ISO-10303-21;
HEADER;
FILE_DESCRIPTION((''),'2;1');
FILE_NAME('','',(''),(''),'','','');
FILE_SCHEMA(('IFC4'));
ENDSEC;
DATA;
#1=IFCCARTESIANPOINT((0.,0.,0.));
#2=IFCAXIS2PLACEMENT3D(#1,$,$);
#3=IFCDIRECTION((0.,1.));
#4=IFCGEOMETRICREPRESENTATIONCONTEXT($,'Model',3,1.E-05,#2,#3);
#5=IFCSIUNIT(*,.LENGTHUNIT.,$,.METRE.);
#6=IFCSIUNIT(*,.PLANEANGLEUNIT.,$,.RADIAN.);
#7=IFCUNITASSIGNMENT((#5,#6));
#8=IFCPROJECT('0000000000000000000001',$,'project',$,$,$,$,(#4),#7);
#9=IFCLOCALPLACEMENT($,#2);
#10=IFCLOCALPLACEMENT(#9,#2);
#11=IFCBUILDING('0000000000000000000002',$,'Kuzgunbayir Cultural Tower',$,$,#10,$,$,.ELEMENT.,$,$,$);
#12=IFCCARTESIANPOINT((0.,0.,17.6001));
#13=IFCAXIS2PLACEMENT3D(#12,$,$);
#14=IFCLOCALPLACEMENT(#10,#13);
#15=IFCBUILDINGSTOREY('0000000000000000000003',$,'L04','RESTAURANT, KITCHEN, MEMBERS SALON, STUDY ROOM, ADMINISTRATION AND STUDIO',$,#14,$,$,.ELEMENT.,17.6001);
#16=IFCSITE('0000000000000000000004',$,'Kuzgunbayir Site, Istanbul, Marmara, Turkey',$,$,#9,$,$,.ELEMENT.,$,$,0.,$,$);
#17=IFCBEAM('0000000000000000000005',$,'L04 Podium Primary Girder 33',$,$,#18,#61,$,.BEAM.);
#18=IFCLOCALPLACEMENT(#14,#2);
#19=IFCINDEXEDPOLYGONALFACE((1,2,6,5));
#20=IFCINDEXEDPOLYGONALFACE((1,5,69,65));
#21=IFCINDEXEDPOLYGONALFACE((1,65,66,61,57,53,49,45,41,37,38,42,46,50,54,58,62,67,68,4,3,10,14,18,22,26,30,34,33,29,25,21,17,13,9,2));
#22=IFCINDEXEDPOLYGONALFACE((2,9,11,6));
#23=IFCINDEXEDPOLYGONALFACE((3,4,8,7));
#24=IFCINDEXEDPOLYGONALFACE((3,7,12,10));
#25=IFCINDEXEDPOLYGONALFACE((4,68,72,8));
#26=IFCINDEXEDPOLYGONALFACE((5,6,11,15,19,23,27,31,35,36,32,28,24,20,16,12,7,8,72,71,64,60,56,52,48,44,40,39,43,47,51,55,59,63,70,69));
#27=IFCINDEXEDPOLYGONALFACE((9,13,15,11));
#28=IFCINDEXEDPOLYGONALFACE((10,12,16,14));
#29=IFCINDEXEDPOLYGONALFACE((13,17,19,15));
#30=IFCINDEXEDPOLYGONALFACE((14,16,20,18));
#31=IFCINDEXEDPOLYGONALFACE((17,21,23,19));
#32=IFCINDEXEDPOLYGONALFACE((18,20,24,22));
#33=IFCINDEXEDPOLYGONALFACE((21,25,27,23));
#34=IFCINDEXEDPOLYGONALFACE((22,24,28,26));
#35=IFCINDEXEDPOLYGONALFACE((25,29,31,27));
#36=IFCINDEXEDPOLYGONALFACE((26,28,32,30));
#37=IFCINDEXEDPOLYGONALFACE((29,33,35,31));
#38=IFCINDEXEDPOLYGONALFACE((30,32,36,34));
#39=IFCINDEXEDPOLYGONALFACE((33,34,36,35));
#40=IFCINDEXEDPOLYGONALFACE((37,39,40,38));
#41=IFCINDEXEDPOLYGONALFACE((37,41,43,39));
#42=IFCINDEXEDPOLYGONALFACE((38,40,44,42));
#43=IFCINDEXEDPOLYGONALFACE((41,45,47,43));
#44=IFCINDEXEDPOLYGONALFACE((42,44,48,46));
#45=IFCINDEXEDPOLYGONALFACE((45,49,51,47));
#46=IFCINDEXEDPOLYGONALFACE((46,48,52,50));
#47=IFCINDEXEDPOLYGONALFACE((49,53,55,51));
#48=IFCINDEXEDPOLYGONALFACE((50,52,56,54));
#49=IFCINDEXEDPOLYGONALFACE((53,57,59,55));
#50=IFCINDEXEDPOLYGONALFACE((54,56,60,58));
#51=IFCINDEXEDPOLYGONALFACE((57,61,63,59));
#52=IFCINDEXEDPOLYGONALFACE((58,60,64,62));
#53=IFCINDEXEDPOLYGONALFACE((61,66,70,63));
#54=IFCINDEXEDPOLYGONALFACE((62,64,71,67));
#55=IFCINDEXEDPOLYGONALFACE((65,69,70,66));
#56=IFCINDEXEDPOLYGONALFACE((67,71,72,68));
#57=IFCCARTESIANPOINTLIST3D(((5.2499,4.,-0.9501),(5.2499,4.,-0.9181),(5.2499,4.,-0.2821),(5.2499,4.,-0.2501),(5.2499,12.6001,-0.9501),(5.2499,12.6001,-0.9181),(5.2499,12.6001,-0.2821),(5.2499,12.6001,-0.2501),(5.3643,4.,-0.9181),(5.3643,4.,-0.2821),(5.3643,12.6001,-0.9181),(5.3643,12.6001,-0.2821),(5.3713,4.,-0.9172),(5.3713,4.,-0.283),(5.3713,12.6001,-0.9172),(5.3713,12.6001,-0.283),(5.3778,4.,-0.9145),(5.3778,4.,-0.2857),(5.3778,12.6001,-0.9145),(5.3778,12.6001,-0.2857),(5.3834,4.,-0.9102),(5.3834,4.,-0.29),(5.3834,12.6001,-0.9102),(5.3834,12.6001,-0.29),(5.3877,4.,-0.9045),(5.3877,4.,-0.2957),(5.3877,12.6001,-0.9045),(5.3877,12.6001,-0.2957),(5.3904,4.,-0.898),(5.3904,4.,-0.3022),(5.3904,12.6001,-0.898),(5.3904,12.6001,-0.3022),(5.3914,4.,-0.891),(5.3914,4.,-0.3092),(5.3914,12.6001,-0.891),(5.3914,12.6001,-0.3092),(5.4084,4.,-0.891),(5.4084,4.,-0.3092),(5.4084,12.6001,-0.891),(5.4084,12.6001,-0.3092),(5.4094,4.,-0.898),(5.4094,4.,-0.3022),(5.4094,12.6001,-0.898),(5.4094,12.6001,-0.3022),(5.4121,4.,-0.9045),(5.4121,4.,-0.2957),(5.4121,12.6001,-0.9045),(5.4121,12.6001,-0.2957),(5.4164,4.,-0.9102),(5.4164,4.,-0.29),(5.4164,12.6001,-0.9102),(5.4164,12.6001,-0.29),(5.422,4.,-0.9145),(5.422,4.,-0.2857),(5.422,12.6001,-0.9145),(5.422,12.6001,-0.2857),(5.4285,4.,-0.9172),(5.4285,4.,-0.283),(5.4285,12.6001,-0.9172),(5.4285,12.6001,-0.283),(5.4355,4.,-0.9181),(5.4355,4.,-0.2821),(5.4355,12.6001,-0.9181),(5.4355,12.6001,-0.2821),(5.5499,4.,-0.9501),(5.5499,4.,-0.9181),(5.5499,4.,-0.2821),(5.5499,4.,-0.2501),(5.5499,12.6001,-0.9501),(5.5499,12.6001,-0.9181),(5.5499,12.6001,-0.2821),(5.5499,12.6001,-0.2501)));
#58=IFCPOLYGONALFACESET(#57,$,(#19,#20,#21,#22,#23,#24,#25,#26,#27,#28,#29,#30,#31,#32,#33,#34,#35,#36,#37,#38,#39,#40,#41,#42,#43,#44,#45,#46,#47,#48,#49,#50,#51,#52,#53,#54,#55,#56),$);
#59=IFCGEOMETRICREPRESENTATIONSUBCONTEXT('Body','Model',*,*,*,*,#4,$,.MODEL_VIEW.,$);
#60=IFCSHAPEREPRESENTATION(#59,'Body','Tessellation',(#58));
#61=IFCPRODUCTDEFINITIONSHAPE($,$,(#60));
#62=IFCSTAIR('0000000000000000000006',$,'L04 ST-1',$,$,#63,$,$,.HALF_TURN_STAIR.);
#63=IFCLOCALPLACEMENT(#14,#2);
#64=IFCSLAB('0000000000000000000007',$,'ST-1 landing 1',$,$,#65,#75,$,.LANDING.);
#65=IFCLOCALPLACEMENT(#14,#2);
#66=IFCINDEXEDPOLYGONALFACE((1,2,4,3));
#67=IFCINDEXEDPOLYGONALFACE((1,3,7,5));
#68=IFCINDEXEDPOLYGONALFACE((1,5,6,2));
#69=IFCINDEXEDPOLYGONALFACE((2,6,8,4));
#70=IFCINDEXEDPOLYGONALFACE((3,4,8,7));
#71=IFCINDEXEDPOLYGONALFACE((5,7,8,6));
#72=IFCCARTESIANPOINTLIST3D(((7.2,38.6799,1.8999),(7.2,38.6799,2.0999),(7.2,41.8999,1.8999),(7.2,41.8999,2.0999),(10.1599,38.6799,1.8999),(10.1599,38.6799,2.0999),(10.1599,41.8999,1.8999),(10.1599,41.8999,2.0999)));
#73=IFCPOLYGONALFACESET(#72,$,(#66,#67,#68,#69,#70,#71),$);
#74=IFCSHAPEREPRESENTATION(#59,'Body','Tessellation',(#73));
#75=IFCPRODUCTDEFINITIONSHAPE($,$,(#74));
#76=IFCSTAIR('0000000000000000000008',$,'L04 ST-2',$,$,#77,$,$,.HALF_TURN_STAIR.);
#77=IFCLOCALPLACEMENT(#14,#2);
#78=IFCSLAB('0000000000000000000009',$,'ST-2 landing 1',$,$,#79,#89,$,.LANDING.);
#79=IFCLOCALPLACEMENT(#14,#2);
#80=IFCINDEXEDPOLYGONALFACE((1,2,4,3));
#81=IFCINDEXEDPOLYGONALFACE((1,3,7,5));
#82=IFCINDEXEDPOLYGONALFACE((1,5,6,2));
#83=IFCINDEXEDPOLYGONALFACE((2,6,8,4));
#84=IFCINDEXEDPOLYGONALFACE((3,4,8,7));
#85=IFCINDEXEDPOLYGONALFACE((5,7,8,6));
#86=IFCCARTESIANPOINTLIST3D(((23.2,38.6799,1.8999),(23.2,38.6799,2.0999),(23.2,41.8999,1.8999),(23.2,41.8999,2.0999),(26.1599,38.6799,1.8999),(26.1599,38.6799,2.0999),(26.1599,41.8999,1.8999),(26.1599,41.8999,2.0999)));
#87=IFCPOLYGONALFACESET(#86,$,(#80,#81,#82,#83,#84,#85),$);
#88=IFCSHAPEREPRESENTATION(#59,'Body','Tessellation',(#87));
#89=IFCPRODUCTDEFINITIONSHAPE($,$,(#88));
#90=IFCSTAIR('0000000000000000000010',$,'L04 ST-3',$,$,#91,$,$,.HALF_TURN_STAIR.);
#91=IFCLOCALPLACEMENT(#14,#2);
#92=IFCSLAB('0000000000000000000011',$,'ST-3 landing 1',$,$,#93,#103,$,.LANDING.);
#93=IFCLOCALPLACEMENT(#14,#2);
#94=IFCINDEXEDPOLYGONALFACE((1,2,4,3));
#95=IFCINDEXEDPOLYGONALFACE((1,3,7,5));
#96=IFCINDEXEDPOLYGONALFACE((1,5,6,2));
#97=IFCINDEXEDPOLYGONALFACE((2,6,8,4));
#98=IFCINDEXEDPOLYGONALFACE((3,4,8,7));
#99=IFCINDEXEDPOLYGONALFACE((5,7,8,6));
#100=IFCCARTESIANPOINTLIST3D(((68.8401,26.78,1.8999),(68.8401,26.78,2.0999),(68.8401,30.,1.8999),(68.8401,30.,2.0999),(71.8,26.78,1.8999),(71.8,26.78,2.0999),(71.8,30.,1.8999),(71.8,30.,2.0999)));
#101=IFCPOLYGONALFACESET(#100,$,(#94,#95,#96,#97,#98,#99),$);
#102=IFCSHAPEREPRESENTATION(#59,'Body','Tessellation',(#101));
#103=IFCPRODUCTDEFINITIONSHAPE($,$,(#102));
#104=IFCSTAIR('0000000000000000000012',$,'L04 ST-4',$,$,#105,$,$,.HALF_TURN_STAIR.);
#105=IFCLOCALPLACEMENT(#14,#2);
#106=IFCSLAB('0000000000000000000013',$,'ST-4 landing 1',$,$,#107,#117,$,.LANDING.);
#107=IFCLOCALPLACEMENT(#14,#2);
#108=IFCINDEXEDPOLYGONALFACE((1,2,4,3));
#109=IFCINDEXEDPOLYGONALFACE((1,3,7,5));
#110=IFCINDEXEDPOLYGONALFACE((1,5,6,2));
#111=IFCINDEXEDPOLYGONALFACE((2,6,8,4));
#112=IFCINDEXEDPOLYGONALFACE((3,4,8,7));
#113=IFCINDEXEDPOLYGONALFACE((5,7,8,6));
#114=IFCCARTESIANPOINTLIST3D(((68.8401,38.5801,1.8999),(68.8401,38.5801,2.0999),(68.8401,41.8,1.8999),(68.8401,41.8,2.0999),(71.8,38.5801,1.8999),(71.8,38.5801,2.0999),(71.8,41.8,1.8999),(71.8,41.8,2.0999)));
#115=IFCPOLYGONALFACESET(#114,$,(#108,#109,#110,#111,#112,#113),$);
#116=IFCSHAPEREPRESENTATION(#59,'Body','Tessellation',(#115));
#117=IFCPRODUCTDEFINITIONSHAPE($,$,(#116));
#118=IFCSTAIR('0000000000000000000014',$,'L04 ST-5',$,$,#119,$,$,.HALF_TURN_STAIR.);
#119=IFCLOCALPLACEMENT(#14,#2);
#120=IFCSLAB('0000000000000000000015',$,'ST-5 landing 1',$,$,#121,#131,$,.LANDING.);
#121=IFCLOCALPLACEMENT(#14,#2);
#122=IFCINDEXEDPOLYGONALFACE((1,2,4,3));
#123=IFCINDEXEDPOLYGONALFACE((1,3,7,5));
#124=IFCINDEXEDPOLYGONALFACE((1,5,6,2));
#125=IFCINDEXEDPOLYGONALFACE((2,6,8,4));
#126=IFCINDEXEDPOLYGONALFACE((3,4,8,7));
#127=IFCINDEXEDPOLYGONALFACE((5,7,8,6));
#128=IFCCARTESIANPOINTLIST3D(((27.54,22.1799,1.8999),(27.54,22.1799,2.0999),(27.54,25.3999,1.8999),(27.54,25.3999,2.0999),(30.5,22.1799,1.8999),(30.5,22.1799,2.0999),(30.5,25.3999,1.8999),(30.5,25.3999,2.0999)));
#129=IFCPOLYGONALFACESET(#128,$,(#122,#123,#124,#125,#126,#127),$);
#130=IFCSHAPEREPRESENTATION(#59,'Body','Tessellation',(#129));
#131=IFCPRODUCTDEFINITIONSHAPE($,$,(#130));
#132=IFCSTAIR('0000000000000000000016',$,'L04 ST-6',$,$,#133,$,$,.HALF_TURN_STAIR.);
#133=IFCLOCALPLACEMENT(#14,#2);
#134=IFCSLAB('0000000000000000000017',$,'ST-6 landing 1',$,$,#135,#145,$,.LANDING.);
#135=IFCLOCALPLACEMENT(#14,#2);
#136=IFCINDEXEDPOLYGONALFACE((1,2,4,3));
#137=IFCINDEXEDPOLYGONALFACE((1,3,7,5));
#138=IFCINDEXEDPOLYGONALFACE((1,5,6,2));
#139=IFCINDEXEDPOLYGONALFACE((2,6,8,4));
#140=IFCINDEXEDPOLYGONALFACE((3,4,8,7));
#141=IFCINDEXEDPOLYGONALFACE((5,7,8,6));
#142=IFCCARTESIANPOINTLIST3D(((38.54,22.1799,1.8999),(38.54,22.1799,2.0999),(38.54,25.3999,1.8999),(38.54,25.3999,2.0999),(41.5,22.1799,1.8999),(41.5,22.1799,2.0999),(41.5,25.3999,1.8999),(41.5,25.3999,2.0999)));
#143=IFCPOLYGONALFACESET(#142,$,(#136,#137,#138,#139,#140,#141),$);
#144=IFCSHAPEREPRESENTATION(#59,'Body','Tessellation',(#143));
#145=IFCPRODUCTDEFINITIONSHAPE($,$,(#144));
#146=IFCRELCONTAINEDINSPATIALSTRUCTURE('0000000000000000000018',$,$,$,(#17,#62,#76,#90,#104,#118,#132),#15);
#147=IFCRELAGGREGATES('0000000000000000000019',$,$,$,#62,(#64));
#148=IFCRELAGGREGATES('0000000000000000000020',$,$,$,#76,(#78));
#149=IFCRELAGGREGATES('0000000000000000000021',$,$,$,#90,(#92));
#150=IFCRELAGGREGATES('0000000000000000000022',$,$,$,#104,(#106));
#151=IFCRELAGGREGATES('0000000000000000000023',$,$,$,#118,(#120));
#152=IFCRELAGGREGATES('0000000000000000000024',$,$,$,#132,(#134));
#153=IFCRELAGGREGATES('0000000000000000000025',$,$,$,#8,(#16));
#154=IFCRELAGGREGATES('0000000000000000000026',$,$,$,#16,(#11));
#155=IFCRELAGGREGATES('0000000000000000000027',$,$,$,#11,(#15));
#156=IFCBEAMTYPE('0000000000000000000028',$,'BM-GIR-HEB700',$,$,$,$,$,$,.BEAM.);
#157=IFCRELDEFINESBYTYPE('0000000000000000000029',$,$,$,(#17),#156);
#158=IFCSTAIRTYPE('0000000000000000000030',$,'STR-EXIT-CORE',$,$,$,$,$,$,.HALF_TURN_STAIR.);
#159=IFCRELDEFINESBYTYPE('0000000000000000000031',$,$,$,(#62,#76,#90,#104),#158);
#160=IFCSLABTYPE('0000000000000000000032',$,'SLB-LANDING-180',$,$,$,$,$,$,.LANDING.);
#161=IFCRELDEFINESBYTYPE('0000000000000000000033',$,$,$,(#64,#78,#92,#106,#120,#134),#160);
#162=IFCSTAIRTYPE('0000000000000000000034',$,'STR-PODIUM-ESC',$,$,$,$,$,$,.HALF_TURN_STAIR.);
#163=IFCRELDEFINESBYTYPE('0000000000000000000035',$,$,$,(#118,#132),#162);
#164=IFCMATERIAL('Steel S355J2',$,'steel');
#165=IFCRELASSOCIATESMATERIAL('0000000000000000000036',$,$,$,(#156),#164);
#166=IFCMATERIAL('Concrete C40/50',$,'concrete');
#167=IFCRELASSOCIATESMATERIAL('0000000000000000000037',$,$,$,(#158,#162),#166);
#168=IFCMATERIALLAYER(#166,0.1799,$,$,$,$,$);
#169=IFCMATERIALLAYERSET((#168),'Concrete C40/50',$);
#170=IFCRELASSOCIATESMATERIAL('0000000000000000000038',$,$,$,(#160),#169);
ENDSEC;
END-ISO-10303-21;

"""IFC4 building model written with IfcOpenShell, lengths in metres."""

from ifc_helpers import new_model, si_unit, direction, frame, origin, origin_2d, place, context, subcontext, project, spatial, polyline, i_section, outline, extrude, material, layer, layer_set, material_profile, profile_set, type_object, element, aggregate, save


model = new_model("IFC4")

# Units and contexts
model_context = context("Model", 3, precision=1e-05, world=origin(), true_north=direction((0.0, 1.0)))
body_context = subcontext(model_context, "Body", "Model", "MODEL_VIEW")
ifc_project = project(units=[si_unit("LENGTHUNIT", "METRE"), si_unit("PLANEANGLEUNIT", "RADIAN")], contexts=[model_context])

# Site, building, storey
site_placement = place(None, origin())
site = spatial("IfcSite", under=ifc_project, at=site_placement, Name="Kuzgunbayir Site, Istanbul, Marmara, Turkey", CompositionType="ELEMENT", RefElevation=0.0)
building_placement = place(site_placement, origin())
building = spatial("IfcBuilding", under=site, at=building_placement, Name="Kuzgunbayir Cultural Tower", CompositionType="ELEMENT")
storey_placement = place(building_placement, frame((0.0, 0.0, 17.6001)))
storey = spatial("IfcBuildingStorey", under=building, at=storey_placement, Name="L04", Description="RESTAURANT, KITCHEN, MEMBERS SALON, STUDY ROOM, ADMINISTRATION AND STUDIO", CompositionType="ELEMENT", Elevation=17.6001)

# Beam
ifc_material_1 = material(Name="Steel S355J2", Category="steel")
ifc_material_profile_1 = material_profile(ifc_material_1, i_section(OverallWidth=0.3, OverallDepth=0.7, WebThickness=0.0171, FlangeThickness=0.032, FilletRadius=0.0271, at=origin_2d()), Name="HEB 700")
ifc_profile_set_1 = profile_set([ifc_material_profile_1], Name="Steel S355J2")
beam_type = type_object("IfcBeamType", Name="BM-GIR-HEB700", PredefinedType="BEAM", material=ifc_profile_set_1)
beam_1_placement = place(storey_placement, frame((5.3999, 4.0, -0.6001), z_axis=(0.0, 1.0, 0.0), x_axis=(-1.0, 0.0, 0.0)))
element("IfcBeam", 1, at=beam_1_placement, inside=storey, type_object=beam_type, Name="L04 Podium Primary Girder 33", PredefinedType="BEAM", context=body_context, shape_type="SweptSolid", body=[
    extrude(i_section(OverallWidth=0.3, OverallDepth=0.7, WebThickness=0.0171, FlangeThickness=0.032, FilletRadius=0.0271, at=origin_2d()), origin(), (0.0, 0.0, 1.0), 8.6001),
])

# Stairs, slabs
ifc_material_2 = material(Name="Concrete C40/50", Category="concrete")
stair_type_1 = type_object("IfcStairType", Name="STR-EXIT-CORE", PredefinedType="HALF_TURN_STAIR", material=ifc_material_2)
stair_1_placement = place(storey_placement, origin())
stair_1 = element("IfcStair", 2, at=stair_1_placement, inside=storey, type_object=stair_type_1, Name="L04 ST-1", PredefinedType="HALF_TURN_STAIR")
ifc_layer_1 = layer(ifc_material_2, 0.1799)
ifc_layer_set_1 = layer_set([ifc_layer_1], Name="Concrete C40/50")
slab_type_1 = type_object("IfcSlabType", Name="SLB-LANDING-180", PredefinedType="LANDING", material=ifc_layer_set_1)
slab_1_placement = place(storey_placement, frame((0.0, 0.0, 1.8999)))
slab_1 = element("IfcSlab", 3, at=slab_1_placement, type_object=slab_type_1, Name="ST-1 landing 1", PredefinedType="LANDING", context=body_context, shape_type="SweptSolid", body=[
    extrude(outline(polyline([(10.1599, 38.6799), (10.1599, 41.8999), (7.2, 41.8999), (7.2, 38.6799), (10.1599, 38.6799)])), origin(), (0.0, 0.0, 1.0), 0.2),
])
aggregate(stair_1, [slab_1])
stair_2_placement = place(storey_placement, origin())
stair_2 = element("IfcStair", 4, at=stair_2_placement, inside=storey, type_object=stair_type_1, Name="L04 ST-2", PredefinedType="HALF_TURN_STAIR")
slab_2_placement = place(storey_placement, frame((0.0, 0.0, 1.8999)))
slab_2 = element("IfcSlab", 5, at=slab_2_placement, type_object=slab_type_1, Name="ST-2 landing 1", PredefinedType="LANDING", context=body_context, shape_type="SweptSolid", body=[
    extrude(outline(polyline([(26.1599, 38.6799), (26.1599, 41.8999), (23.2, 41.8999), (23.2, 38.6799), (26.1599, 38.6799)])), origin(), (0.0, 0.0, 1.0), 0.2),
])
aggregate(stair_2, [slab_2])
stair_3_placement = place(storey_placement, origin())
stair_3 = element("IfcStair", 6, at=stair_3_placement, inside=storey, type_object=stair_type_1, Name="L04 ST-3", PredefinedType="HALF_TURN_STAIR")
slab_3_placement = place(storey_placement, frame((0.0, 0.0, 1.8999)))
slab_3 = element("IfcSlab", 7, at=slab_3_placement, type_object=slab_type_1, Name="ST-3 landing 1", PredefinedType="LANDING", context=body_context, shape_type="SweptSolid", body=[
    extrude(outline(polyline([(71.8, 26.78), (71.8, 30.0), (68.8401, 30.0), (68.8401, 26.78), (71.8, 26.78)])), origin(), (0.0, 0.0, 1.0), 0.2),
])
aggregate(stair_3, [slab_3])
stair_4_placement = place(storey_placement, origin())
stair_4 = element("IfcStair", 8, at=stair_4_placement, inside=storey, type_object=stair_type_1, Name="L04 ST-4", PredefinedType="HALF_TURN_STAIR")
slab_4_placement = place(storey_placement, frame((0.0, 0.0, 1.8999)))
slab_4 = element("IfcSlab", 9, at=slab_4_placement, type_object=slab_type_1, Name="ST-4 landing 1", PredefinedType="LANDING", context=body_context, shape_type="SweptSolid", body=[
    extrude(outline(polyline([(71.8, 38.5801), (71.8, 41.8), (68.8401, 41.8), (68.8401, 38.5801), (71.8, 38.5801)])), origin(), (0.0, 0.0, 1.0), 0.2),
])
aggregate(stair_4, [slab_4])
stair_type_2 = type_object("IfcStairType", Name="STR-PODIUM-ESC", PredefinedType="HALF_TURN_STAIR", material=ifc_material_2)
stair_5_placement = place(storey_placement, origin())
stair_5 = element("IfcStair", 10, at=stair_5_placement, inside=storey, type_object=stair_type_2, Name="L04 ST-5", PredefinedType="HALF_TURN_STAIR")
slab_5_placement = place(storey_placement, frame((0.0, 0.0, 1.8999)))
slab_5 = element("IfcSlab", 11, at=slab_5_placement, type_object=slab_type_1, Name="ST-5 landing 1", PredefinedType="LANDING", context=body_context, shape_type="SweptSolid", body=[
    extrude(outline(polyline([(30.5, 22.1799), (30.5, 25.3999), (27.54, 25.3999), (27.54, 22.1799), (30.5, 22.1799)])), origin(), (0.0, 0.0, 1.0), 0.2),
])
aggregate(stair_5, [slab_5])
stair_6_placement = place(storey_placement, origin())
stair_6 = element("IfcStair", 12, at=stair_6_placement, inside=storey, type_object=stair_type_2, Name="L04 ST-6", PredefinedType="HALF_TURN_STAIR")
slab_6_placement = place(storey_placement, frame((0.0, 0.0, 1.8999)))
slab_6 = element("IfcSlab", 13, at=slab_6_placement, type_object=slab_type_1, Name="ST-6 landing 1", PredefinedType="LANDING", context=body_context, shape_type="SweptSolid", body=[
    extrude(outline(polyline([(41.5, 22.1799), (41.5, 25.3999), (38.54, 25.3999), (38.54, 22.1799), (41.5, 22.1799)])), origin(), (0.0, 0.0, 1.0), 0.2),
])
aggregate(stair_6, [slab_6])

save(model, "model.ifc")
